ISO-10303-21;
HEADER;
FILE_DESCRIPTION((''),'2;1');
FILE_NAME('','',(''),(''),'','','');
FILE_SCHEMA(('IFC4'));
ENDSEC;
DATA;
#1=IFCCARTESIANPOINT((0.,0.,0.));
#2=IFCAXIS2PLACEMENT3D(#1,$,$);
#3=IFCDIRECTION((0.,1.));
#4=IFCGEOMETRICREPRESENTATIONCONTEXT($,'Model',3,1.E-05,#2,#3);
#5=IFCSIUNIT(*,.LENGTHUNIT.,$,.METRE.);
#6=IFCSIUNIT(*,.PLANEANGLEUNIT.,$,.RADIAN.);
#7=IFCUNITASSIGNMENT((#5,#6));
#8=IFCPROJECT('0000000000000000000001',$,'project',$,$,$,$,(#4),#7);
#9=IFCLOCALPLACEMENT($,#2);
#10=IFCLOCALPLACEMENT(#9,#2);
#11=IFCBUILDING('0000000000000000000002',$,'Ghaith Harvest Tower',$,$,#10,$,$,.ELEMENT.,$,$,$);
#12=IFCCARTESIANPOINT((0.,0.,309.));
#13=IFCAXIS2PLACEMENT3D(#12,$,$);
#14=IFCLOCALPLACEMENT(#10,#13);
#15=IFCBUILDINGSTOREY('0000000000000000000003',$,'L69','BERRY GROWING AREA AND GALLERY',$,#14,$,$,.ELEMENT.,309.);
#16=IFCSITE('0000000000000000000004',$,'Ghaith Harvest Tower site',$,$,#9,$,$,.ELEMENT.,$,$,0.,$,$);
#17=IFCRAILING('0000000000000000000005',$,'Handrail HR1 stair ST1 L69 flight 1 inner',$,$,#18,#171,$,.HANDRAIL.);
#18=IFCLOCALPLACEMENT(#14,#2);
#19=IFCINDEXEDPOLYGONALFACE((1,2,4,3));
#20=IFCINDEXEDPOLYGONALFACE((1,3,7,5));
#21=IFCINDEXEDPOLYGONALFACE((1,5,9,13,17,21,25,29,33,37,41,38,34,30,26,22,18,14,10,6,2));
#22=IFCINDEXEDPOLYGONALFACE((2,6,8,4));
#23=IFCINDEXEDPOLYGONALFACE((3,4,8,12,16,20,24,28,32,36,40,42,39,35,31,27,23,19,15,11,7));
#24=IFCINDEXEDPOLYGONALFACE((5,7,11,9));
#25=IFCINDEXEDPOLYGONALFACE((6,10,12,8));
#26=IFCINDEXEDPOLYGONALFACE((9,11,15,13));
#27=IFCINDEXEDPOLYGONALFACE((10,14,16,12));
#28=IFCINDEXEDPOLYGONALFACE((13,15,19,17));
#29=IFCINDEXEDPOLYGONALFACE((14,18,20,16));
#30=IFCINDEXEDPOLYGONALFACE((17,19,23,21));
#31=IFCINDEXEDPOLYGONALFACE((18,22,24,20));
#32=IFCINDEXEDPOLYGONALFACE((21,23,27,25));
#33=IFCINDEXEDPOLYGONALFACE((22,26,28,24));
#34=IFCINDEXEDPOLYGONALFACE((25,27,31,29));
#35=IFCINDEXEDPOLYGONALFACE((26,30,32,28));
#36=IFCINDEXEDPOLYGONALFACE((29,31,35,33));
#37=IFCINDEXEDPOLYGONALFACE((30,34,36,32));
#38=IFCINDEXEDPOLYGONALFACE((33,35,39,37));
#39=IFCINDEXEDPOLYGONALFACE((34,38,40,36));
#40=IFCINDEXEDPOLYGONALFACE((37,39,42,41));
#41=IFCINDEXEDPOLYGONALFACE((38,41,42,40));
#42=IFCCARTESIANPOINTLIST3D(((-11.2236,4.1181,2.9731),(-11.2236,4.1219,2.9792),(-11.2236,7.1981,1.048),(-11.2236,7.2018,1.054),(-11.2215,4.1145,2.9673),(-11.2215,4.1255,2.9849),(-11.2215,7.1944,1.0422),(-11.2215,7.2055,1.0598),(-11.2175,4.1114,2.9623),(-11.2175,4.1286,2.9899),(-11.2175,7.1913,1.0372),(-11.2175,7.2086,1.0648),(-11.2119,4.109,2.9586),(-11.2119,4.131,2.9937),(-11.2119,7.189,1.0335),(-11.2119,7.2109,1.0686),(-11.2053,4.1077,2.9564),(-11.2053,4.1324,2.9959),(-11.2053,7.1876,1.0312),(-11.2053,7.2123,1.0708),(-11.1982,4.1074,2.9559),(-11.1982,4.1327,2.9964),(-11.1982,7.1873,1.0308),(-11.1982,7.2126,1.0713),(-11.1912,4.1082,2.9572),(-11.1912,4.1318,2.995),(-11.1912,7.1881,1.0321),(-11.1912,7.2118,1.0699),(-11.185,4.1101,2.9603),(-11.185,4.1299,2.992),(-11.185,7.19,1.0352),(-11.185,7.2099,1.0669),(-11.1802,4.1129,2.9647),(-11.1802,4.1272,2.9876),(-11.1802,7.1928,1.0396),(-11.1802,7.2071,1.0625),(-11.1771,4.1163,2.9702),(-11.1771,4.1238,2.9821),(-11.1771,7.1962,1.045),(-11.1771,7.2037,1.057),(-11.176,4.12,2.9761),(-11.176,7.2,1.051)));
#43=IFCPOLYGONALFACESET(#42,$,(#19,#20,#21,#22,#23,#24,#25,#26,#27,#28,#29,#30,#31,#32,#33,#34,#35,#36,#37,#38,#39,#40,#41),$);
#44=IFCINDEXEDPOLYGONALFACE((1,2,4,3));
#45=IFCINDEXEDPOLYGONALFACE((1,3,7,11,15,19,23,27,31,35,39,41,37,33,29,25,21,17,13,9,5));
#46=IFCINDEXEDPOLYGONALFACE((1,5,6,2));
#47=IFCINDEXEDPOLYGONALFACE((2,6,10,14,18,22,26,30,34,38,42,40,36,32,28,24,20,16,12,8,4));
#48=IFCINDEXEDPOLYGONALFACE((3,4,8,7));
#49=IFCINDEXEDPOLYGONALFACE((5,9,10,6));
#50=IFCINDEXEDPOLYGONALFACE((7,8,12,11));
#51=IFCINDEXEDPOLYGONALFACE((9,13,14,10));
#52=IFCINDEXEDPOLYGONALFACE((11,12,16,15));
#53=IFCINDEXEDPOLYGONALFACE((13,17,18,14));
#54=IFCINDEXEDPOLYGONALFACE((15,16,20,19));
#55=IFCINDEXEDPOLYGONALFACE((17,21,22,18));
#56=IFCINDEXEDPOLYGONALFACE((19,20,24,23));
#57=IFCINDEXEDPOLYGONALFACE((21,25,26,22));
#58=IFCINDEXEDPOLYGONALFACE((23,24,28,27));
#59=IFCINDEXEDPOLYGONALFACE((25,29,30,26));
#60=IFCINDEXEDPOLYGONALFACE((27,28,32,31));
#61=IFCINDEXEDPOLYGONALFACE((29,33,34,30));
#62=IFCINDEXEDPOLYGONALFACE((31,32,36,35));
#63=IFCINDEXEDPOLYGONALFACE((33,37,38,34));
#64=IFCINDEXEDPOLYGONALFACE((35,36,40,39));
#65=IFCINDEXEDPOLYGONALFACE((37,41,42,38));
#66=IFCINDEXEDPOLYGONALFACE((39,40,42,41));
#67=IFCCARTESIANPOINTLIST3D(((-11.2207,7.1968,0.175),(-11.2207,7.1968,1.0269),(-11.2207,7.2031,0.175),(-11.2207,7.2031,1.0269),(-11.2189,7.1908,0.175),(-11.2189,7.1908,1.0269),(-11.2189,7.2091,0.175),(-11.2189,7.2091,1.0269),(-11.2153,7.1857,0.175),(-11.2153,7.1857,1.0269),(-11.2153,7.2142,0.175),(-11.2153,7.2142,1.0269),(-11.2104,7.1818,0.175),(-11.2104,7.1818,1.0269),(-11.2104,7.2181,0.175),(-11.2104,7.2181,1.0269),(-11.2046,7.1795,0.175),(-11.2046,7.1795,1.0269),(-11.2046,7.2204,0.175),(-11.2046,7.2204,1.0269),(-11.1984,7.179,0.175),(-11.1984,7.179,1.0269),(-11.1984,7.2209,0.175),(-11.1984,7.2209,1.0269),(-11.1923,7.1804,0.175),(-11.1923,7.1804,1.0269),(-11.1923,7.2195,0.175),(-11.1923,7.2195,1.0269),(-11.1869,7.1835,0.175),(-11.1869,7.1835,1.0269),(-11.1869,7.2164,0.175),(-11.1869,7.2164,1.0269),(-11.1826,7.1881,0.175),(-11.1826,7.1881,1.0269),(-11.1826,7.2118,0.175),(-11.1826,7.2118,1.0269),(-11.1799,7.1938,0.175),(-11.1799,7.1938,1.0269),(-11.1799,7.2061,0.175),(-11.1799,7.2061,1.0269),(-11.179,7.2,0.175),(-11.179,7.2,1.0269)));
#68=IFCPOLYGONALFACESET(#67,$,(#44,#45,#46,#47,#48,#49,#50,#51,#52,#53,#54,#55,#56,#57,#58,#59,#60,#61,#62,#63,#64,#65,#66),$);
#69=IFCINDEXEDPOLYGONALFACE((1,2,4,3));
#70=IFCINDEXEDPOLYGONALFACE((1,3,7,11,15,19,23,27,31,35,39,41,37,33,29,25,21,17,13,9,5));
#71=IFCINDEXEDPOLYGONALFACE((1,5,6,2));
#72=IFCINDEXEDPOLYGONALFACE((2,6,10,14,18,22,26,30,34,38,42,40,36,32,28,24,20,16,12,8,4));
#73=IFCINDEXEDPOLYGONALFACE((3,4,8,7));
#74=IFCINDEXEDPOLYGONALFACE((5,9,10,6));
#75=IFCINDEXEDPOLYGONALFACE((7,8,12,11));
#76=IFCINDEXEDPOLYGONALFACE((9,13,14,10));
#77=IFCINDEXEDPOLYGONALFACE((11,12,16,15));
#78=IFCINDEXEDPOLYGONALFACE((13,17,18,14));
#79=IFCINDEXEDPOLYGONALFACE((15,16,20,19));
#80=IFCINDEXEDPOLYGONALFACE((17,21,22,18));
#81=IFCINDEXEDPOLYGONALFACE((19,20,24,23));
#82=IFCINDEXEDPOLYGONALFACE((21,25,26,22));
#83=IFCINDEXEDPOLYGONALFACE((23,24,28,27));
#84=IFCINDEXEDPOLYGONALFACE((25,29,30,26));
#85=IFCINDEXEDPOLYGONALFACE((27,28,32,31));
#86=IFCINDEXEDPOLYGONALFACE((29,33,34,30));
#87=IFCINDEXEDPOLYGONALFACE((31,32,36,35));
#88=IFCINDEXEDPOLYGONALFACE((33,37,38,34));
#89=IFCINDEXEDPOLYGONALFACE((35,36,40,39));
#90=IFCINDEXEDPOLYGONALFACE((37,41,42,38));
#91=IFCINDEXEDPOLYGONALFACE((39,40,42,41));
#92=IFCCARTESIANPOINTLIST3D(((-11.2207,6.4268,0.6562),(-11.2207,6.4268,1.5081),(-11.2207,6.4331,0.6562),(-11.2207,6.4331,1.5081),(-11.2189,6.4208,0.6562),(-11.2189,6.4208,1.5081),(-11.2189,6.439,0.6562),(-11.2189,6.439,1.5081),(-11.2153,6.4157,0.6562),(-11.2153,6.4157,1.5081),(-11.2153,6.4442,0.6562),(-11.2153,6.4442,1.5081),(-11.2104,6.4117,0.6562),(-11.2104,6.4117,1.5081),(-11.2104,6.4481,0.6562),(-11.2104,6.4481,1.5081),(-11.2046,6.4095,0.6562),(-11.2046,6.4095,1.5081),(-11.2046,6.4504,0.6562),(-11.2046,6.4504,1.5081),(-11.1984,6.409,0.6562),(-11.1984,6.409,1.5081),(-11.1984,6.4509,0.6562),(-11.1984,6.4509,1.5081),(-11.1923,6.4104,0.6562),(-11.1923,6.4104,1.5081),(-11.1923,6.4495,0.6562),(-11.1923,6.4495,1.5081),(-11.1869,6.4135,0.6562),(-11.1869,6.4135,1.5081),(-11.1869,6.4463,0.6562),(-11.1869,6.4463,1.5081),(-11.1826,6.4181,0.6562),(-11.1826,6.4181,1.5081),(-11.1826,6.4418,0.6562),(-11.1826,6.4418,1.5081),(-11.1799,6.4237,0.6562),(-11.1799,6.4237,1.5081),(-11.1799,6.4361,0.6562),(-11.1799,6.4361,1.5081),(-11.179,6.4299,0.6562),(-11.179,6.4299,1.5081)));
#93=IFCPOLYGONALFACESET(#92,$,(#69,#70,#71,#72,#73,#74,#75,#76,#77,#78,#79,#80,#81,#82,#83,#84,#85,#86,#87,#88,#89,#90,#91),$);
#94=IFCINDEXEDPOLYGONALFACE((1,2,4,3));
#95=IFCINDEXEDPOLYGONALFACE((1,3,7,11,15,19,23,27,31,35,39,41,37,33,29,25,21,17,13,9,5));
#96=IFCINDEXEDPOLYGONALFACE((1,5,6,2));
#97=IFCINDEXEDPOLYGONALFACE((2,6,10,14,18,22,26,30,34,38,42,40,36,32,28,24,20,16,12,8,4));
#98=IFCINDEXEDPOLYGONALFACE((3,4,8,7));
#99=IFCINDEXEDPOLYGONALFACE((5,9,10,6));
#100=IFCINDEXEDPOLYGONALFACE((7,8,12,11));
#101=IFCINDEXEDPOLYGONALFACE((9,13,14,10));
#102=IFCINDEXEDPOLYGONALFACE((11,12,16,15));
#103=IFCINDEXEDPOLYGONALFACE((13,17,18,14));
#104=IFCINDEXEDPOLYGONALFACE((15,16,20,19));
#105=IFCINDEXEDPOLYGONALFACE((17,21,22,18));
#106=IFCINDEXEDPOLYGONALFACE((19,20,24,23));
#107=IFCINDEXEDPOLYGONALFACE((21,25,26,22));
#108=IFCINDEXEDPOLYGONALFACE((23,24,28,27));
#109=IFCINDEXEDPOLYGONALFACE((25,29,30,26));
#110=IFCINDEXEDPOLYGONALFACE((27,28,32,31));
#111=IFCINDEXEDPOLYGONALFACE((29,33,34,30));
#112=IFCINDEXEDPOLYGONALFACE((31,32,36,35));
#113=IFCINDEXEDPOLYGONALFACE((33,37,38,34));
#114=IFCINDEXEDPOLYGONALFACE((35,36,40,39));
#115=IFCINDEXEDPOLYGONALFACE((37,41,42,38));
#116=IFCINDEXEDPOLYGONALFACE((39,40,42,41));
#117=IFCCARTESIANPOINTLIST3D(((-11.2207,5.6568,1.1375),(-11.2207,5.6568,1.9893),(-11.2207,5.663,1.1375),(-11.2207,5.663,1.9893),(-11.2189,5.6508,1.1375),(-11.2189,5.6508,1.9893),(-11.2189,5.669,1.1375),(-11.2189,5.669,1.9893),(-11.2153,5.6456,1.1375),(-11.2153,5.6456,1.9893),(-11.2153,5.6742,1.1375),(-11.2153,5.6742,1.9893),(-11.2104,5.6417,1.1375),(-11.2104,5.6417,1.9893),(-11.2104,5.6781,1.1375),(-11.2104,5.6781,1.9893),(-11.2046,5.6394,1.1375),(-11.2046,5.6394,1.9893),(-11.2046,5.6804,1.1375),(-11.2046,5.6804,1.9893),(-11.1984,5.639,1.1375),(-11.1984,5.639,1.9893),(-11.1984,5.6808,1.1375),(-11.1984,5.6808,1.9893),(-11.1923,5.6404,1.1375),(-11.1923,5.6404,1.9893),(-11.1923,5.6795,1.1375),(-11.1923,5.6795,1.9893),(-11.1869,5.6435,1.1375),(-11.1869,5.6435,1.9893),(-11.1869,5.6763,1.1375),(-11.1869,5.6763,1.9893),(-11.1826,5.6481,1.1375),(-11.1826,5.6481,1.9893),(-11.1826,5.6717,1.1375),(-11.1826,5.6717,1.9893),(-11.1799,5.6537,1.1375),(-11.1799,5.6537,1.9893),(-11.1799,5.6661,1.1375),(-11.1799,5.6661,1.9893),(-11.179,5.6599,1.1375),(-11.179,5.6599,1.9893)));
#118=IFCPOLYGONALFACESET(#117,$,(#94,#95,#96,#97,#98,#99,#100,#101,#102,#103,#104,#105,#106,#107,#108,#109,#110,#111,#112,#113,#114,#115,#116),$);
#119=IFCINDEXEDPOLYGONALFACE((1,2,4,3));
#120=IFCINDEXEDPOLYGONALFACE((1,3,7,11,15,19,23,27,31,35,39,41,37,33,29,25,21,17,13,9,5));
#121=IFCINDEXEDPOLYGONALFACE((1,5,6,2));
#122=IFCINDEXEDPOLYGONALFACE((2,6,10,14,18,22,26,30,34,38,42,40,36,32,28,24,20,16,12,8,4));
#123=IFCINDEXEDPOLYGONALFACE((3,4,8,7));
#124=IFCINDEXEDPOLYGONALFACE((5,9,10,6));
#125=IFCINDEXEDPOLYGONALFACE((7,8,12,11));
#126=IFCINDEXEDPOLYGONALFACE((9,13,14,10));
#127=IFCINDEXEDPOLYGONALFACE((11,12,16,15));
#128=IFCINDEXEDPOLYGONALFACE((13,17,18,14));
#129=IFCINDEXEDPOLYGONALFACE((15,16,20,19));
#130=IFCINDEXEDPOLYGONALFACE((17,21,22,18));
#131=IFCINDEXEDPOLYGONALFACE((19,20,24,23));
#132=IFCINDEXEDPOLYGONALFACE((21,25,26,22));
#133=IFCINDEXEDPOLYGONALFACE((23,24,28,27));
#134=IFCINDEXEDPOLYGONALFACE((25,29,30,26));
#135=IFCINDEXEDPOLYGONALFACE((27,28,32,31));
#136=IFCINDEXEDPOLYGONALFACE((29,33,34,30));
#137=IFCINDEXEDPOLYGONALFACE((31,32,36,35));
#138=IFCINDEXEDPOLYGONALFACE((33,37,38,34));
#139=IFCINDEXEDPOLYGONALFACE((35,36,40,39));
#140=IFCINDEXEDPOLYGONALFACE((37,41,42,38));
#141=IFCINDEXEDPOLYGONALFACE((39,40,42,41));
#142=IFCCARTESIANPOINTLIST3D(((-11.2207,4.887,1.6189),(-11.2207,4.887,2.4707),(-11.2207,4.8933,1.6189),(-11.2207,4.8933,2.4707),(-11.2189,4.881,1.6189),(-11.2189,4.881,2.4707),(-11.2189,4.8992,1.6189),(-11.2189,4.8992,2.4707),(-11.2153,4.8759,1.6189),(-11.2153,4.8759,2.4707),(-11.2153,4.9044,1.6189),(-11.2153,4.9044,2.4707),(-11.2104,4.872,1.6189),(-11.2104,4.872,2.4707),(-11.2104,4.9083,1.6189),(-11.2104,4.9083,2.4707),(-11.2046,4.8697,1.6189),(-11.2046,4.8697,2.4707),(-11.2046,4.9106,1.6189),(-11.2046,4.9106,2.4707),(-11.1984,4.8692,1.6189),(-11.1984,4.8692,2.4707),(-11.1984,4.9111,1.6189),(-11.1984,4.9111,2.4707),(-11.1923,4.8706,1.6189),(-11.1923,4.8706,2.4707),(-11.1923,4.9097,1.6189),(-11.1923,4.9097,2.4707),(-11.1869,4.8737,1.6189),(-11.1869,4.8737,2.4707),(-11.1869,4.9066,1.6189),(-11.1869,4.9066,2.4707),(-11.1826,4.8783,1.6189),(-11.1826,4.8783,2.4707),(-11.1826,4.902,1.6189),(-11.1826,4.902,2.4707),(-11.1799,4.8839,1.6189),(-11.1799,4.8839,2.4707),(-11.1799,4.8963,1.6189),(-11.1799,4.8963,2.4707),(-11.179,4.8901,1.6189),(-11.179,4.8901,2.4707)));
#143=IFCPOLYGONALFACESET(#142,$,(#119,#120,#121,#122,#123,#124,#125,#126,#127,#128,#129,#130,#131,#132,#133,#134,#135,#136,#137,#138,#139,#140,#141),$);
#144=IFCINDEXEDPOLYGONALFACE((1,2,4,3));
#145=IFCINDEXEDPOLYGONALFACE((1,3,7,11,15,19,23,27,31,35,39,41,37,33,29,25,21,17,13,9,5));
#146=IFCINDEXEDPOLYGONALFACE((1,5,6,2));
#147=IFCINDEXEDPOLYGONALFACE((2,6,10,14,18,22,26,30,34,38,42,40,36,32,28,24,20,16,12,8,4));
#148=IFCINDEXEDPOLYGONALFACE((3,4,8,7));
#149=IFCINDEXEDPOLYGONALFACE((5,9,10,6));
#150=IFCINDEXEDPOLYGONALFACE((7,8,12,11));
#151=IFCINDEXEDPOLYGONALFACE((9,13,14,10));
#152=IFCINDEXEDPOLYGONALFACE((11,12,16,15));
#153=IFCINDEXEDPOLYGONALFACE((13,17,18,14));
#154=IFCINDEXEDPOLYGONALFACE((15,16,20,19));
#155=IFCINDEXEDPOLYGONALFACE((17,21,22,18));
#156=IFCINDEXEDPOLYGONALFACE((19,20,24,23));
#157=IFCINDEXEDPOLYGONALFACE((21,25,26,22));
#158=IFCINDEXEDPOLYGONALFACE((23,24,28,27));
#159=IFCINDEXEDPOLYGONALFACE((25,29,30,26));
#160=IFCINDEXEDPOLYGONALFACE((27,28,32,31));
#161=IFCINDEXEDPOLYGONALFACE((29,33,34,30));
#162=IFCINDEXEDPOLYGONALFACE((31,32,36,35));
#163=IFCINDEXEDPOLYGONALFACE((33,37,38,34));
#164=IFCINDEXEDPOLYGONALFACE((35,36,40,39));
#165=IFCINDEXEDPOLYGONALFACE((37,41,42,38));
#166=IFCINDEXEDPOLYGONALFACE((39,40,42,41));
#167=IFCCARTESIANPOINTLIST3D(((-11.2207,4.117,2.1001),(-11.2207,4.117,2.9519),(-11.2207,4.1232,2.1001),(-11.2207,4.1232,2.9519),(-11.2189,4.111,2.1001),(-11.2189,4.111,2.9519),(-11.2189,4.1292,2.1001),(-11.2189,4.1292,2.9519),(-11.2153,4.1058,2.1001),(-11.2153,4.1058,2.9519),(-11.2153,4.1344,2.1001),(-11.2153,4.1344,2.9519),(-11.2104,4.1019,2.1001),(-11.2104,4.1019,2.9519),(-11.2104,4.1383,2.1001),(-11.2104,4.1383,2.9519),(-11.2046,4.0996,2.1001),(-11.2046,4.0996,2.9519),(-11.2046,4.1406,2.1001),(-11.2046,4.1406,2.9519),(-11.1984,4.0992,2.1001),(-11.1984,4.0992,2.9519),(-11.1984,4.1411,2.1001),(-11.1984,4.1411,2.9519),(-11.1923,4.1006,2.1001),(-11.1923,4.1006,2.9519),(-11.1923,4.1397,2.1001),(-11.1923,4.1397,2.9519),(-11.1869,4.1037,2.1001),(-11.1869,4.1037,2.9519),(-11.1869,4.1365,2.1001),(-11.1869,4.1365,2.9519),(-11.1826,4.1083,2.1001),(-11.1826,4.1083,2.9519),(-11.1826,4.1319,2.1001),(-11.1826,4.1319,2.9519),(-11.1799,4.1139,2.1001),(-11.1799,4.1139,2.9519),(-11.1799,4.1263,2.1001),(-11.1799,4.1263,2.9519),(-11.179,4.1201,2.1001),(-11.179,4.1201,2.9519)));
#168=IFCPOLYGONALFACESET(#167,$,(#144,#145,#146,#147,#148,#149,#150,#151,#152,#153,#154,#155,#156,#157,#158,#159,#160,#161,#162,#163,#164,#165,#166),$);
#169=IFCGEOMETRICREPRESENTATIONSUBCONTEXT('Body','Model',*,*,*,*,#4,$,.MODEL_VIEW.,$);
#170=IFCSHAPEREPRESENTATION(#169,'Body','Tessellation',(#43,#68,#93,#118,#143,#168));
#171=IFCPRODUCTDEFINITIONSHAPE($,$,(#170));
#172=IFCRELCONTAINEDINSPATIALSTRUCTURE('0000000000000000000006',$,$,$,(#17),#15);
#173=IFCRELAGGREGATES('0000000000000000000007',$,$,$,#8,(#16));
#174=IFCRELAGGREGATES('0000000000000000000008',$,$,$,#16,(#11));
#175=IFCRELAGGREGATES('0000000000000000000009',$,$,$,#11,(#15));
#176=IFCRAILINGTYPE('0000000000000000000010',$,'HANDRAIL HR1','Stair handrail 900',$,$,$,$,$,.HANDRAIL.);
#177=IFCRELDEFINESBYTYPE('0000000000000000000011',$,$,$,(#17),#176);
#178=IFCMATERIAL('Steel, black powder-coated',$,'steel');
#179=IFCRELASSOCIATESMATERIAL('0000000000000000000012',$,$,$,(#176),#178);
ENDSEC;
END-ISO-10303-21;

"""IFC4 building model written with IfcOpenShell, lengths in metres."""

from ifc_helpers import new_model, si_unit, direction, frame, origin, origin_2d, place, context, subcontext, project, spatial, circle, extrude, material, type_object, element, save


model = new_model("IFC4")

# Units and contexts
model_context = context("Model", 3, precision=1e-05, world=origin(), true_north=direction((0.0, 1.0)))
body_context = subcontext(model_context, "Body", "Model", "MODEL_VIEW")
ifc_project = project(units=[si_unit("LENGTHUNIT", "METRE"), si_unit("PLANEANGLEUNIT", "RADIAN")], contexts=[model_context])

# Site, building, storey
site_placement = place(None, origin())
site = spatial("IfcSite", under=ifc_project, at=site_placement, Name="Ghaith Harvest Tower site", CompositionType="ELEMENT", RefElevation=0.0)
building_placement = place(site_placement, origin())
building = spatial("IfcBuilding", under=site, at=building_placement, Name="Ghaith Harvest Tower", CompositionType="ELEMENT")
storey_placement = place(building_placement, frame((0.0, 0.0, 309.0)))
storey = spatial("IfcBuildingStorey", under=building, at=storey_placement, Name="L69", Description="BERRY GROWING AREA AND GALLERY", CompositionType="ELEMENT", Elevation=309.0)

# Railing
ifc_material_1 = material(Name="Steel, black powder-coated", Category="steel")
railing_type = type_object("IfcRailingType", Name="HANDRAIL HR1", Description="Stair handrail 900", PredefinedType="HANDRAIL", material=ifc_material_1)
railing_1_placement = place(storey_placement, frame((-11.2, 7.2, 0.175)))
element("IfcRailing", 1, at=railing_1_placement, inside=storey, type_object=railing_type, Name="Handrail HR1 stair ST1 L69 flight 1 inner", PredefinedType="HANDRAIL", context=body_context, shape_type="SweptSolid", body=[
    extrude(circle(Radius=0.0239, at=origin_2d()), frame((0.0, 0.0, 0.876), z_axis=(0.0, -0.847979, 0.530029), x_axis=(1.0, 0.0, 0.0)), (0.0, 0.0, 1.0), 3.6321),
    extrude(circle(Radius=0.021, at=origin_2d()), origin(), (0.0, 0.0, 1.0), 0.8518),
    extrude(circle(Radius=0.021, at=origin_2d()), frame((0.0, -0.77, 0.4812)), (0.0, 0.0, 1.0), 0.8518),
    extrude(circle(Radius=0.021, at=origin_2d()), frame((0.0, -1.54, 0.9624)), (0.0, 0.0, 1.0), 0.8518),
    extrude(circle(Radius=0.021, at=origin_2d()), frame((0.0, -2.3098, 1.4438)), (0.0, 0.0, 1.0), 0.8518),
    extrude(circle(Radius=0.021, at=origin_2d()), frame((0.0, -3.0798, 1.925)), (0.0, 0.0, 1.0), 0.8518),
])

save(model, "model.ifc")
